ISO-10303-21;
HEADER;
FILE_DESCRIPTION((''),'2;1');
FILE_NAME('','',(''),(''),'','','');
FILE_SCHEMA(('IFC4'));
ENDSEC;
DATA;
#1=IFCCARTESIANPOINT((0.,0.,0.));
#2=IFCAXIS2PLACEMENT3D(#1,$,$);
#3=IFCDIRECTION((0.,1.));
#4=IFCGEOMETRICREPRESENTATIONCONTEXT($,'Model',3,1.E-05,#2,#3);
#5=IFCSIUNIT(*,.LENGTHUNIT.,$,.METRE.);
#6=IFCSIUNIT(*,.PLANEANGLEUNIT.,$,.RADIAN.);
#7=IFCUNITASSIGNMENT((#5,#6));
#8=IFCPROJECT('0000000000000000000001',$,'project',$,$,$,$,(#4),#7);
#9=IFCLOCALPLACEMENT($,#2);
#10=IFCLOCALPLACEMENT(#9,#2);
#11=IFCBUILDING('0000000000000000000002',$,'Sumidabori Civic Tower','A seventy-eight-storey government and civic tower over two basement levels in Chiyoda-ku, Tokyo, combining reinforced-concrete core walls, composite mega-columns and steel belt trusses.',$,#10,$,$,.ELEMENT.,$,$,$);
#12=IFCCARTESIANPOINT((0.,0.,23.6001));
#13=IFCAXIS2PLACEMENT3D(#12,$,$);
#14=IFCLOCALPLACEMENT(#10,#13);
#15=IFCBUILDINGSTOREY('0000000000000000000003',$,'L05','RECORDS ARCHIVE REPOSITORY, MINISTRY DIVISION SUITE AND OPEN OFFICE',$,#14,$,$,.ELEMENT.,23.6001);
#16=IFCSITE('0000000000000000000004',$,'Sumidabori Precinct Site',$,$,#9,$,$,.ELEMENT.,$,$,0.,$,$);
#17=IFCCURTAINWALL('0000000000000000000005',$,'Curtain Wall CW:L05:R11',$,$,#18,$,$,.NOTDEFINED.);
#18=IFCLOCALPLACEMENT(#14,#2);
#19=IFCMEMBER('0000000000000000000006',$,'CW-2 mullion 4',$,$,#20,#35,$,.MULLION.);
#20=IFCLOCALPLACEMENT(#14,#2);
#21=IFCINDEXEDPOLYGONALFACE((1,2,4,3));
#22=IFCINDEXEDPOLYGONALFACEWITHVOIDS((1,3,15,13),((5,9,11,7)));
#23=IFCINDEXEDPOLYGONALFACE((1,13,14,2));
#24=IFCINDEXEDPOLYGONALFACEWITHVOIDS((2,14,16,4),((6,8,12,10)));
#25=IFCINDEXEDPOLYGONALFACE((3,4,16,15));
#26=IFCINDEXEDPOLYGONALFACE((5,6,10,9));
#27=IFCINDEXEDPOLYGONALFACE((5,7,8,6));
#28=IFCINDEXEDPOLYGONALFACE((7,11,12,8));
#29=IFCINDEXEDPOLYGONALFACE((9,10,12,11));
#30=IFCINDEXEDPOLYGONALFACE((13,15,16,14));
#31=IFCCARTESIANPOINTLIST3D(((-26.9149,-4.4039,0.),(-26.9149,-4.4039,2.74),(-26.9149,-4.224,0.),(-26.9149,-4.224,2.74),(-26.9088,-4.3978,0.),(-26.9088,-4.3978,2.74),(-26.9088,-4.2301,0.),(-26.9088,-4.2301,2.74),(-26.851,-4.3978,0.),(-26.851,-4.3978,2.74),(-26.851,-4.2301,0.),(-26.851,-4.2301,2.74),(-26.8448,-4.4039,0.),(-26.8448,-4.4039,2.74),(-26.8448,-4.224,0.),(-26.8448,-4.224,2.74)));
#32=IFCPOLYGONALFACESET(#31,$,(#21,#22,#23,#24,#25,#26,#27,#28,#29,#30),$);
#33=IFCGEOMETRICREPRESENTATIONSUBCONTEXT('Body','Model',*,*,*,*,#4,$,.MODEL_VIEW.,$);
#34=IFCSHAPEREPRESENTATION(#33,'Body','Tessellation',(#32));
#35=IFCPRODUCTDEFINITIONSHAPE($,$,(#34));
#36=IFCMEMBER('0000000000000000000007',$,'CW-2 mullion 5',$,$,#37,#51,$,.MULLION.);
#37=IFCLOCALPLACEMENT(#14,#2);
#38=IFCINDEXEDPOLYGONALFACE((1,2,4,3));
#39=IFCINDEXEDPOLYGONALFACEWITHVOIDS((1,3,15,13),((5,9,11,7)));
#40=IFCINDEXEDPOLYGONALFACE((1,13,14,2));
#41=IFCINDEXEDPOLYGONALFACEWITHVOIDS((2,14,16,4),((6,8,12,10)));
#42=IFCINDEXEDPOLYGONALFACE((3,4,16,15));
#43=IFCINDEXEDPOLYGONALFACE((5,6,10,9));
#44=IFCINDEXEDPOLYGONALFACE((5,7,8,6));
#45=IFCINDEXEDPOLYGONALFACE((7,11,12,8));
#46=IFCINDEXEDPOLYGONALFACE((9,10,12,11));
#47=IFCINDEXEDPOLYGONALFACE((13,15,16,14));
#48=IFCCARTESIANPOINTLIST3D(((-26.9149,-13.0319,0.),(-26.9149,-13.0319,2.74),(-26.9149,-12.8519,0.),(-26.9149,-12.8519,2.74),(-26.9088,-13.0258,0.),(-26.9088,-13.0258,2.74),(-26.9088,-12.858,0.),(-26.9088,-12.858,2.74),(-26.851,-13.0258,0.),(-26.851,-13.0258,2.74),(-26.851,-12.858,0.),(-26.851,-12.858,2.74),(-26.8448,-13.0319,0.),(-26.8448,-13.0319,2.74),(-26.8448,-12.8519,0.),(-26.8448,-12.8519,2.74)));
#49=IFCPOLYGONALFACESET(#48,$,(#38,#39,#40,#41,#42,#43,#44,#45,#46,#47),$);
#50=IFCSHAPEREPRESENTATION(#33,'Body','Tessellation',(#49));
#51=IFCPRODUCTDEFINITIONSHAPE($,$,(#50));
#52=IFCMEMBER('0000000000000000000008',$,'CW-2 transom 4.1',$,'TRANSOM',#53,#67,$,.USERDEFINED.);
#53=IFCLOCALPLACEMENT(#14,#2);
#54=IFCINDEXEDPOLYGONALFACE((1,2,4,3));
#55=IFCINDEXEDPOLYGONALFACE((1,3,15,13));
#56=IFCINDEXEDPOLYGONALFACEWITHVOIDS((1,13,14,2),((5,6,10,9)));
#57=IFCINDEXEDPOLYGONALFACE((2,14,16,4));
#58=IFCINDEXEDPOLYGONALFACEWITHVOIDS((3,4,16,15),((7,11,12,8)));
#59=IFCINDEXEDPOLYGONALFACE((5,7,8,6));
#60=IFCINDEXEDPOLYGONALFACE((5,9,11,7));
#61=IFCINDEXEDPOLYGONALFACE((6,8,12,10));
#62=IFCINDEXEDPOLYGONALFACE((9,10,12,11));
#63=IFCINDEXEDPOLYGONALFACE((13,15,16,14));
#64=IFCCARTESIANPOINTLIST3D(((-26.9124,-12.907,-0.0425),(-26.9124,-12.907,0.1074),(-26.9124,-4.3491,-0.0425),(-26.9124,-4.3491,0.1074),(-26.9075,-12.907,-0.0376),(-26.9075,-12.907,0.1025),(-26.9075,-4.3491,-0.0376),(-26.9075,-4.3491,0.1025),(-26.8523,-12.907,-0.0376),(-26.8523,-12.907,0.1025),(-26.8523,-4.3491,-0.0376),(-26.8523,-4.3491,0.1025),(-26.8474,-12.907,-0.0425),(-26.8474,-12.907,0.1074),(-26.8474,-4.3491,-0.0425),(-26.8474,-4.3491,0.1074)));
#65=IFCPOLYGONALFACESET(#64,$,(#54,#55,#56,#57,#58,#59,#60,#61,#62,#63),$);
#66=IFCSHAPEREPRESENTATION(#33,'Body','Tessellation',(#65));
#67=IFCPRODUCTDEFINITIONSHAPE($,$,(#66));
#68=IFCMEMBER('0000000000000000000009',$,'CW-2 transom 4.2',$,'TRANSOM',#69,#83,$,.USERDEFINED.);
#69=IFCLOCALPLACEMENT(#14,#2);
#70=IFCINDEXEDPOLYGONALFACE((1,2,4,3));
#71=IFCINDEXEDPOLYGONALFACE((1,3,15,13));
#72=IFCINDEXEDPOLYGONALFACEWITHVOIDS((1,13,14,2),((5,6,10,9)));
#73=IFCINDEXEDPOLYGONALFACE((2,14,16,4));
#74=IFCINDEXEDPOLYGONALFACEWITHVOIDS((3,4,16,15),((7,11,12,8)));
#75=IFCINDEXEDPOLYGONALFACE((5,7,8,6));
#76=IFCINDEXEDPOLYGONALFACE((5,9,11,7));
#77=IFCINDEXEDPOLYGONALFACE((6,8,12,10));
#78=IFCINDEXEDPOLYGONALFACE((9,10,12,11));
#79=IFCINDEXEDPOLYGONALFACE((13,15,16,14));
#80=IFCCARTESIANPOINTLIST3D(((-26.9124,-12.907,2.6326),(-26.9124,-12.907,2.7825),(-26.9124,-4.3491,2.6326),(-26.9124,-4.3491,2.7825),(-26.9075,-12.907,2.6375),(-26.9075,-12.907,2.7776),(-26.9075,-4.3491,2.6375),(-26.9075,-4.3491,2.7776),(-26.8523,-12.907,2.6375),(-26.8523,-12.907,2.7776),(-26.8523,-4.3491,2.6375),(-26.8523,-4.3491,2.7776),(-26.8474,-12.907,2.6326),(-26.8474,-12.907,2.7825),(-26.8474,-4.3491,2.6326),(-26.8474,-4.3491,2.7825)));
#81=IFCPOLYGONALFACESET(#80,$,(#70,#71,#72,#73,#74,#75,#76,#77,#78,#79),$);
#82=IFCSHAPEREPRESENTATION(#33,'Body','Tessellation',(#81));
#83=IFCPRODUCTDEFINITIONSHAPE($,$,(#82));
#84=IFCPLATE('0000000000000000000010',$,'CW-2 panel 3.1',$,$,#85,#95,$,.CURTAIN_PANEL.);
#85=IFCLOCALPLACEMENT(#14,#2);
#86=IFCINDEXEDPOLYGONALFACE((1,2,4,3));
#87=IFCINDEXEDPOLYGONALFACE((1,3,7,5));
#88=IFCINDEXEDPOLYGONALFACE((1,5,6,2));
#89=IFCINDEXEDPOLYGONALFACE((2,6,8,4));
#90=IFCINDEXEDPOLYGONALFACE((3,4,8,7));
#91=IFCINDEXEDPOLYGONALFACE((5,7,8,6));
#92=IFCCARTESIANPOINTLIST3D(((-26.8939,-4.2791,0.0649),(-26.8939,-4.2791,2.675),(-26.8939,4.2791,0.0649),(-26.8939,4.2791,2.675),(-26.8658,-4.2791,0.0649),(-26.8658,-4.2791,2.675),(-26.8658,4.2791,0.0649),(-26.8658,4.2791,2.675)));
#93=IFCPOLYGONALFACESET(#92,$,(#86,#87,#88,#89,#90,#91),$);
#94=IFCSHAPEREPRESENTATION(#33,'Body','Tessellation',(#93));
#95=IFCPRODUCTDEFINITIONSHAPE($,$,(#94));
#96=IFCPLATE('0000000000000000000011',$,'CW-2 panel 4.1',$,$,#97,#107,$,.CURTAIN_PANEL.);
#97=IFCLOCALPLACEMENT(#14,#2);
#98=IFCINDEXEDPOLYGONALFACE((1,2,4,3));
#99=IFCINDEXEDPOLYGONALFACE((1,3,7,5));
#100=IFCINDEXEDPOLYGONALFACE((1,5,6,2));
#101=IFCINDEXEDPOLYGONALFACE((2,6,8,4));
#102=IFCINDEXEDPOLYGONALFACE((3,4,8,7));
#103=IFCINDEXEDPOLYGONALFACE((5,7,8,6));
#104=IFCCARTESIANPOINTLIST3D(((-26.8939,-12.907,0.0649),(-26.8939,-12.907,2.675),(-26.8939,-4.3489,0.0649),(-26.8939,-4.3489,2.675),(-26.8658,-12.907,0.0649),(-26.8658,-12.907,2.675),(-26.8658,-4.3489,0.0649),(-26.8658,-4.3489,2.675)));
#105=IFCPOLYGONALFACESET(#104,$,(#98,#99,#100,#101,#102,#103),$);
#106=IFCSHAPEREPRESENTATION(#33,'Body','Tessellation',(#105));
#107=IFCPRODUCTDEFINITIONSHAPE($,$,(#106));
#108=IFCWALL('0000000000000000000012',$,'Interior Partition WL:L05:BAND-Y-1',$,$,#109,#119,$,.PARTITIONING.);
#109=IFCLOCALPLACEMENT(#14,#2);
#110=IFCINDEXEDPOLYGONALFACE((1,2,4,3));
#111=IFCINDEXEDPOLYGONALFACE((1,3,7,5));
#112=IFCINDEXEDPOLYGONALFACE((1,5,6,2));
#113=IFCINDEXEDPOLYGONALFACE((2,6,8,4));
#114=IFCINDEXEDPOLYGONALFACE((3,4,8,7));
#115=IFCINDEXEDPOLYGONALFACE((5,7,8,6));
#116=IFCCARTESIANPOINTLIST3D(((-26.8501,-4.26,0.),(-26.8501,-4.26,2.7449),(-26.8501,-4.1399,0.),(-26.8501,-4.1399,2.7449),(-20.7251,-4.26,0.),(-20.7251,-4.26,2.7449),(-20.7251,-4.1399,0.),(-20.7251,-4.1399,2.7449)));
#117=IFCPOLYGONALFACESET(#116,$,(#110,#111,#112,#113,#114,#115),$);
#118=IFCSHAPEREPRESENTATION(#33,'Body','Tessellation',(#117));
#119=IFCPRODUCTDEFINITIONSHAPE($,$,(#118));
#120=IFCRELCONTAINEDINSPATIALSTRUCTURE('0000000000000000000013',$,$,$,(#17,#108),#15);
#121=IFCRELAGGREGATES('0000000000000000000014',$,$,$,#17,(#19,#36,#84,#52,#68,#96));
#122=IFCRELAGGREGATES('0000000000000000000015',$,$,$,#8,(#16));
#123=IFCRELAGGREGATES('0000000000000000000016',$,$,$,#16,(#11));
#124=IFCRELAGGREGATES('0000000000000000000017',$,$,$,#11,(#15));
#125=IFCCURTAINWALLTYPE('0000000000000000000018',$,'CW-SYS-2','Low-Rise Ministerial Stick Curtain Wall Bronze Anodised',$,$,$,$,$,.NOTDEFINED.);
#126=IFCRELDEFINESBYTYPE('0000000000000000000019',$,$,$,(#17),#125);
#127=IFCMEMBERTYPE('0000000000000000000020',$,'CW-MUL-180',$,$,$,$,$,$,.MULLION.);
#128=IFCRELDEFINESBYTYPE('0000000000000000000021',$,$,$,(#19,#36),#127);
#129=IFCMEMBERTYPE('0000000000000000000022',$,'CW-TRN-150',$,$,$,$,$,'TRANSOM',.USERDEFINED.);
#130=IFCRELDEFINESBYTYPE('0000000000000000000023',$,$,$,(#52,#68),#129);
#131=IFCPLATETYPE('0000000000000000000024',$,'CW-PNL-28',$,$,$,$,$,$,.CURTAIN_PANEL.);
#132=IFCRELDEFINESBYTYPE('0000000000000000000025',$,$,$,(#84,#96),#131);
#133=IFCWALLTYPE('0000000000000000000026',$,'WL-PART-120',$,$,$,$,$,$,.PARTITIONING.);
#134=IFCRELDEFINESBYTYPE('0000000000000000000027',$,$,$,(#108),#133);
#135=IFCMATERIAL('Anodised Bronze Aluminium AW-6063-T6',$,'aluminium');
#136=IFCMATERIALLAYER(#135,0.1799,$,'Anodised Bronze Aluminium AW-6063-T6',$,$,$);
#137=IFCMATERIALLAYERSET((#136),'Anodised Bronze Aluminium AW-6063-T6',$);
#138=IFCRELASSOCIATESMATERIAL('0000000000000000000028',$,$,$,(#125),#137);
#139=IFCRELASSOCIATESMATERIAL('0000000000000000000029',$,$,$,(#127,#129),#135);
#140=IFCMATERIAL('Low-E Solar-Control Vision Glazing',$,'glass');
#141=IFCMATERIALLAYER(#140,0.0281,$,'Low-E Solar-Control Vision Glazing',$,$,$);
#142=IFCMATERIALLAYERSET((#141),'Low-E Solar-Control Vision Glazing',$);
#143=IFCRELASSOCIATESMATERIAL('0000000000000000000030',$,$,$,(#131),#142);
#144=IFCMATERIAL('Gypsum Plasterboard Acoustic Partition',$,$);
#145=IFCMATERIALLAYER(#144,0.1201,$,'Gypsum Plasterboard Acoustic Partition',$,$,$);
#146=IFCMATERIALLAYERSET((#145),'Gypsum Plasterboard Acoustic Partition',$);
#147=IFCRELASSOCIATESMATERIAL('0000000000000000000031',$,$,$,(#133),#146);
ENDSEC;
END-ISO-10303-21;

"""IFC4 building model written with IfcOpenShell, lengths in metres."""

from ifc_helpers import new_model, si_unit, direction, frame, frame_2d, origin, origin_2d, place, context, subcontext, project, spatial, rectangle, hollow_rectangle, extrude, source, transform, mapped, material, layer, layer_set, material_profile, profile_set, type_object, element, aggregate, save


model = new_model("IFC4")

# Units and contexts
model_context = context("Model", 3, precision=1e-05, world=origin(), true_north=direction((0.0, 1.0)))
body_context = subcontext(model_context, "Body", "Model", "MODEL_VIEW")
ifc_project = project(units=[si_unit("LENGTHUNIT", "METRE"), si_unit("PLANEANGLEUNIT", "RADIAN")], contexts=[model_context])

# Site, building, storey
site_placement = place(None, origin())
site = spatial("IfcSite", under=ifc_project, at=site_placement, Name="Sumidabori Precinct Site", CompositionType="ELEMENT", RefElevation=0.0)
building_placement = place(site_placement, origin())
building = spatial("IfcBuilding", under=site, at=building_placement, Name="Sumidabori Civic Tower", Description="A seventy-eight-storey government and civic tower over two basement levels in Chiyoda-ku, Tokyo, combining reinforced-concrete core walls, composite mega-columns and steel belt trusses.", CompositionType="ELEMENT")
storey_placement = place(building_placement, frame((0.0, 0.0, 23.6001)))
storey = spatial("IfcBuildingStorey", under=building, at=storey_placement, Name="L05", Description="RECORDS ARCHIVE REPOSITORY, MINISTRY DIVISION SUITE AND OPEN OFFICE", CompositionType="ELEMENT", Elevation=23.6001)

# Curtain wall, members, plates
ifc_material_1 = material(Name="Anodised Bronze Aluminium AW-6063-T6", Category="aluminium")
ifc_layer_1 = layer(ifc_material_1, 0.1799, Name="Anodised Bronze Aluminium AW-6063-T6")
ifc_layer_set_1 = layer_set([ifc_layer_1], Name="Anodised Bronze Aluminium AW-6063-T6")
curtain_wall_type = type_object("IfcCurtainWallType", Name="CW-SYS-2", Description="Low-Rise Ministerial Stick Curtain Wall Bronze Anodised", PredefinedType="NOTDEFINED", material=ifc_layer_set_1)
curtain_wall_placement = place(storey_placement, origin())
curtain_wall = element("IfcCurtainWall", 1, at=curtain_wall_placement, inside=storey, type_object=curtain_wall_type, Name="Curtain Wall CW:L05:R11", PredefinedType="NOTDEFINED")
ifc_material_profile_1 = material_profile(ifc_material_1, hollow_rectangle(XDim=0.0701, YDim=0.1799, WallThickness=0.0061, at=origin_2d()), Name="ALU MULLION 180x70")
ifc_profile_set_1 = profile_set([ifc_material_profile_1], Name="Anodised Bronze Aluminium AW-6063-T6")
member_type_1 = type_object("IfcMemberType", Name="CW-MUL-180", PredefinedType="MULLION", material=ifc_profile_set_1)
shared_shape_1 = source(origin(), body_context, "Body", "SweptSolid", [
    extrude(hollow_rectangle(XDim=0.0701, YDim=0.1799, WallThickness=0.0061, at=origin_2d()), origin(), (0.0, 0.0, 1.0), 2.74),
])
member_1_placement = place(storey_placement, frame((-26.8799, -4.314, 0.0), z_axis=(0.0, 0.0, 1.0), x_axis=(1.0, 0.0, 0.0)))
member_1 = element("IfcMember", 2, at=member_1_placement, type_object=member_type_1, Name="CW-2 mullion 4", PredefinedType="MULLION", context=body_context, shape_type="MappedRepresentation", body=[
    mapped(shared_shape_1, transform((0.0, 0.0, 0.0), x_axis=(1.0, 0.0, 0.0), y_axis=(0.0, 1.0, 0.0), z_axis=(0.0, 0.0, 1.0), scale=1.0)),
])
member_2_placement = place(storey_placement, frame((-26.8799, -12.9419, 0.0), z_axis=(0.0, 0.0, 1.0), x_axis=(1.0, 0.0, 0.0)))
member_2 = element("IfcMember", 3, at=member_2_placement, type_object=member_type_1, Name="CW-2 mullion 5", PredefinedType="MULLION", context=body_context, shape_type="MappedRepresentation", body=[
    mapped(shared_shape_1, transform((0.0, 0.0, 0.0), x_axis=(1.0, 0.0, 0.0), y_axis=(0.0, 1.0, 0.0), z_axis=(0.0, 0.0, 1.0), scale=1.0)),
])
ifc_material_profile_2 = material_profile(ifc_material_1, hollow_rectangle(XDim=0.0649, YDim=0.1499, WallThickness=0.0049, at=origin_2d()), Name="ALU TRANSOM 150x65")
ifc_profile_set_2 = profile_set([ifc_material_profile_2], Name="Anodised Bronze Aluminium AW-6063-T6")
member_type_2 = type_object("IfcMemberType", Name="CW-TRN-150", ElementType="TRANSOM", PredefinedType="USERDEFINED", material=ifc_profile_set_2)
shared_shape_2 = source(origin(), body_context, "Body", "SweptSolid", [
    extrude(hollow_rectangle(XDim=0.0649, YDim=0.1499, WallThickness=0.0049, at=origin_2d()), origin(), (0.0, 0.0, 1.0), 8.5579),
])
member_3_placement = place(storey_placement, frame((-26.8799, -4.3491, 0.0325), z_axis=(0.0, -1.0, 0.0), x_axis=(1.0, 0.0, 0.0)))
member_3 = element("IfcMember", 4, at=member_3_placement, type_object=member_type_2, Name="CW-2 transom 4.1", ObjectType="TRANSOM", PredefinedType="USERDEFINED", context=body_context, shape_type="MappedRepresentation", body=[
    mapped(shared_shape_2, transform((0.0, 0.0, 0.0), x_axis=(1.0, 0.0, 0.0), y_axis=(0.0, 1.0, 0.0), z_axis=(0.0, 0.0, 1.0), scale=1.0)),
])
member_4_placement = place(storey_placement, frame((-26.8799, -4.3491, 2.7075), z_axis=(0.0, -1.0, 0.0), x_axis=(1.0, 0.0, 0.0)))
member_4 = element("IfcMember", 5, at=member_4_placement, type_object=member_type_2, Name="CW-2 transom 4.2", ObjectType="TRANSOM", PredefinedType="USERDEFINED", context=body_context, shape_type="MappedRepresentation", body=[
    mapped(shared_shape_2, transform((0.0, 0.0, 0.0), x_axis=(1.0, 0.0, 0.0), y_axis=(0.0, 1.0, 0.0), z_axis=(0.0, 0.0, 1.0), scale=1.0)),
])
ifc_material_2 = material(Name="Low-E Solar-Control Vision Glazing", Category="glass")
ifc_layer_2 = layer(ifc_material_2, 0.0281, Name="Low-E Solar-Control Vision Glazing")
ifc_layer_set_2 = layer_set([ifc_layer_2], Name="Low-E Solar-Control Vision Glazing")
plate_type = type_object("IfcPlateType", Name="CW-PNL-28", PredefinedType="CURTAIN_PANEL", material=ifc_layer_set_2)
shared_shape_3 = source(origin(), body_context, "Body", "SweptSolid", [
    extrude(rectangle(XDim=8.5581, YDim=0.0281, at=origin_2d()), origin(), (0.0, 0.0, 1.0), 2.6101),
])
plate_1_placement = place(storey_placement, frame((-26.8799, 0.0, 0.0649), z_axis=(0.0, 0.0, 1.0), x_axis=(0.0, -1.0, 0.0)))
plate_1 = element("IfcPlate", 6, at=plate_1_placement, type_object=plate_type, Name="CW-2 panel 3.1", PredefinedType="CURTAIN_PANEL", context=body_context, shape_type="MappedRepresentation", body=[
    mapped(shared_shape_3, transform((0.0, 0.0, 0.0), x_axis=(1.0, 0.0, 0.0), y_axis=(0.0, 1.0, 0.0), z_axis=(0.0, 0.0, 1.0), scale=1.0)),
])
plate_2_placement = place(storey_placement, frame((-26.8799, -8.6279, 0.0649), z_axis=(0.0, 0.0, 1.0), x_axis=(0.0, -1.0, 0.0)))
plate_2 = element("IfcPlate", 7, at=plate_2_placement, type_object=plate_type, Name="CW-2 panel 4.1", PredefinedType="CURTAIN_PANEL", context=body_context, shape_type="MappedRepresentation", body=[
    mapped(shared_shape_3, transform((0.0, 0.0, 0.0), x_axis=(1.0, 0.0, 0.0), y_axis=(0.0, 1.0, 0.0), z_axis=(0.0, 0.0, 1.0), scale=1.0)),
])
aggregate(curtain_wall, [member_1, member_2, plate_1, member_3, member_4, plate_2])

# Wall
ifc_material_3 = material(Name="Gypsum Plasterboard Acoustic Partition")
ifc_layer_3 = layer(ifc_material_3, 0.1201, Name="Gypsum Plasterboard Acoustic Partition")
ifc_layer_set_3 = layer_set([ifc_layer_3], Name="Gypsum Plasterboard Acoustic Partition")
wall_type = type_object("IfcWallType", Name="WL-PART-120", PredefinedType="PARTITIONING", material=ifc_layer_set_3)
shared_shape_4 = source(origin(), body_context, "Body", "SweptSolid", [
    extrude(rectangle(XDim=6.125, YDim=0.1201, at=frame_2d((3.0625, 0.0))), origin(), (0.0, 0.0, 1.0), 2.7449),
])
wall_1_placement = place(storey_placement, frame((-26.8501, -4.2, 0.0), z_axis=(0.0, 0.0, 1.0), x_axis=(1.0, 0.0, 0.0)))
element("IfcWall", 8, at=wall_1_placement, inside=storey, type_object=wall_type, Name="Interior Partition WL:L05:BAND-Y-1", PredefinedType="PARTITIONING", context=body_context, shape_type="MappedRepresentation", body=[
    mapped(shared_shape_4, transform((0.0, 0.0, 0.0), x_axis=(1.0, 0.0, 0.0), y_axis=(0.0, 1.0, 0.0), z_axis=(0.0, 0.0, 1.0), scale=1.0)),
])

save(model, "model.ifc")
